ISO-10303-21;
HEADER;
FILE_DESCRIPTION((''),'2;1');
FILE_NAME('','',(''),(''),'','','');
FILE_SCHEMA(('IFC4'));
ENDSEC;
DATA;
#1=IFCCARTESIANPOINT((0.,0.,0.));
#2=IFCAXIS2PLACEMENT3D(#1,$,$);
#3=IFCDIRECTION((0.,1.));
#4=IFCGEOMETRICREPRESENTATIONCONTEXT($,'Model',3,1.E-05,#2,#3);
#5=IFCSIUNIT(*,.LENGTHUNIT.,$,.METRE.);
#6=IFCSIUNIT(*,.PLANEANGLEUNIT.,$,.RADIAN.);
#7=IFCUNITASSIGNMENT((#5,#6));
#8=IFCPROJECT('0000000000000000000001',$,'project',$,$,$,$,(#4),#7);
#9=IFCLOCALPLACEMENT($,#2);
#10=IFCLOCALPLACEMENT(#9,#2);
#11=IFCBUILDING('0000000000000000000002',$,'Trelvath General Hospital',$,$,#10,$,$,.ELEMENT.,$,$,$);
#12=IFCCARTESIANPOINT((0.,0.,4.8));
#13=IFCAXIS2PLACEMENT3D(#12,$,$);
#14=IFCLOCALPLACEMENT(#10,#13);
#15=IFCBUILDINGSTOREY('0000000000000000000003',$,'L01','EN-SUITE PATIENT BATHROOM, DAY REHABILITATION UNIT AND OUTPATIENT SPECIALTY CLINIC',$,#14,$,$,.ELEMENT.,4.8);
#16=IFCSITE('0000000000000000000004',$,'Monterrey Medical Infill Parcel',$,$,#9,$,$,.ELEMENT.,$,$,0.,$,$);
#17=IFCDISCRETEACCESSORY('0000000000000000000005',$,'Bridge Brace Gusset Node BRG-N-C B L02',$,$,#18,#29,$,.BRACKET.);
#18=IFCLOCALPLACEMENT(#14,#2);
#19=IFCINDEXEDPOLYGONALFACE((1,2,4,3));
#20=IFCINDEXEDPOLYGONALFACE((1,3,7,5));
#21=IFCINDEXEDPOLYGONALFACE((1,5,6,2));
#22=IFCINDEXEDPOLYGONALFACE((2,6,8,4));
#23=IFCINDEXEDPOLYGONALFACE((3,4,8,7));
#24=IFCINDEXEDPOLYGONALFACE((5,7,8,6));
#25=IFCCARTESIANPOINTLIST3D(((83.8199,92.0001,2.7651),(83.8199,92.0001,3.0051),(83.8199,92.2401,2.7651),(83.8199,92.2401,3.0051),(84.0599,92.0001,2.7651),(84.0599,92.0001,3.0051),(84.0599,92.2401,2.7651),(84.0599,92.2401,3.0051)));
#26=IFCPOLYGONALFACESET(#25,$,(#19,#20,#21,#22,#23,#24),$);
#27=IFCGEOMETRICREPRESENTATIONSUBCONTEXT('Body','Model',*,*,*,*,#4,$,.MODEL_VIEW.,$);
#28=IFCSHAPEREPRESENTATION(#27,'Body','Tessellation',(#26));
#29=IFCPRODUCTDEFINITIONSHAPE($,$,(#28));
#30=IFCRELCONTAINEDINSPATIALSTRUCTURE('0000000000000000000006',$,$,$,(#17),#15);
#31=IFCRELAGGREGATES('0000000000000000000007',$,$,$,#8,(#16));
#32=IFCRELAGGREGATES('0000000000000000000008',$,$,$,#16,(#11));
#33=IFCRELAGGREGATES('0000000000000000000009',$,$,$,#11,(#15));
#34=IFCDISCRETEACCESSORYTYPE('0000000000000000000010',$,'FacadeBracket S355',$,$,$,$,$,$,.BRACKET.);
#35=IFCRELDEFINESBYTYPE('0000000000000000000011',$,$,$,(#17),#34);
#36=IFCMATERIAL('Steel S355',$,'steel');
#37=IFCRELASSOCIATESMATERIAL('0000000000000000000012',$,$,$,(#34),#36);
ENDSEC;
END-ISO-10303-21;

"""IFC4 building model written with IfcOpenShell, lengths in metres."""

from ifc_helpers import new_model, si_unit, direction, frame, origin, origin_2d, place, context, subcontext, project, spatial, rectangle, extrude, material, type_object, element, save


model = new_model("IFC4")

# Units and contexts
model_context = context("Model", 3, precision=1e-05, world=origin(), true_north=direction((0.0, 1.0)))
body_context = subcontext(model_context, "Body", "Model", "MODEL_VIEW")
ifc_project = project(units=[si_unit("LENGTHUNIT", "METRE"), si_unit("PLANEANGLEUNIT", "RADIAN")], contexts=[model_context])

# Site, building, storey
site_placement = place(None, origin())
site = spatial("IfcSite", under=ifc_project, at=site_placement, Name="Monterrey Medical Infill Parcel", CompositionType="ELEMENT", RefElevation=0.0)
building_placement = place(site_placement, origin())
building = spatial("IfcBuilding", under=site, at=building_placement, Name="Trelvath General Hospital", CompositionType="ELEMENT")
storey_placement = place(building_placement, frame((0.0, 0.0, 4.8)))
storey = spatial("IfcBuildingStorey", under=building, at=storey_placement, Name="L01", Description="EN-SUITE PATIENT BATHROOM, DAY REHABILITATION UNIT AND OUTPATIENT SPECIALTY CLINIC", CompositionType="ELEMENT", Elevation=4.8)

# Discrete accessory
ifc_material_1 = material(Name="Steel S355", Category="steel")
discrete_accessory_type = type_object("IfcDiscreteAccessoryType", Name="FacadeBracket S355", PredefinedType="BRACKET", material=ifc_material_1)
discrete_accessory_placement = place(storey_placement, frame((83.9399, 92.1201, 2.7651), z_axis=(0.0, 0.0, 1.0), x_axis=(1.0, 0.0, 0.0)))
element("IfcDiscreteAccessory", 1, at=discrete_accessory_placement, inside=storey, type_object=discrete_accessory_type, Name="Bridge Brace Gusset Node BRG-N-C B L02", PredefinedType="BRACKET", context=body_context, shape_type="SweptSolid", body=[
    extrude(rectangle(XDim=0.24, YDim=0.24, at=origin_2d()), origin(), (0.0, 0.0, 1.0), 0.24),
])

save(model, "model.ifc")
